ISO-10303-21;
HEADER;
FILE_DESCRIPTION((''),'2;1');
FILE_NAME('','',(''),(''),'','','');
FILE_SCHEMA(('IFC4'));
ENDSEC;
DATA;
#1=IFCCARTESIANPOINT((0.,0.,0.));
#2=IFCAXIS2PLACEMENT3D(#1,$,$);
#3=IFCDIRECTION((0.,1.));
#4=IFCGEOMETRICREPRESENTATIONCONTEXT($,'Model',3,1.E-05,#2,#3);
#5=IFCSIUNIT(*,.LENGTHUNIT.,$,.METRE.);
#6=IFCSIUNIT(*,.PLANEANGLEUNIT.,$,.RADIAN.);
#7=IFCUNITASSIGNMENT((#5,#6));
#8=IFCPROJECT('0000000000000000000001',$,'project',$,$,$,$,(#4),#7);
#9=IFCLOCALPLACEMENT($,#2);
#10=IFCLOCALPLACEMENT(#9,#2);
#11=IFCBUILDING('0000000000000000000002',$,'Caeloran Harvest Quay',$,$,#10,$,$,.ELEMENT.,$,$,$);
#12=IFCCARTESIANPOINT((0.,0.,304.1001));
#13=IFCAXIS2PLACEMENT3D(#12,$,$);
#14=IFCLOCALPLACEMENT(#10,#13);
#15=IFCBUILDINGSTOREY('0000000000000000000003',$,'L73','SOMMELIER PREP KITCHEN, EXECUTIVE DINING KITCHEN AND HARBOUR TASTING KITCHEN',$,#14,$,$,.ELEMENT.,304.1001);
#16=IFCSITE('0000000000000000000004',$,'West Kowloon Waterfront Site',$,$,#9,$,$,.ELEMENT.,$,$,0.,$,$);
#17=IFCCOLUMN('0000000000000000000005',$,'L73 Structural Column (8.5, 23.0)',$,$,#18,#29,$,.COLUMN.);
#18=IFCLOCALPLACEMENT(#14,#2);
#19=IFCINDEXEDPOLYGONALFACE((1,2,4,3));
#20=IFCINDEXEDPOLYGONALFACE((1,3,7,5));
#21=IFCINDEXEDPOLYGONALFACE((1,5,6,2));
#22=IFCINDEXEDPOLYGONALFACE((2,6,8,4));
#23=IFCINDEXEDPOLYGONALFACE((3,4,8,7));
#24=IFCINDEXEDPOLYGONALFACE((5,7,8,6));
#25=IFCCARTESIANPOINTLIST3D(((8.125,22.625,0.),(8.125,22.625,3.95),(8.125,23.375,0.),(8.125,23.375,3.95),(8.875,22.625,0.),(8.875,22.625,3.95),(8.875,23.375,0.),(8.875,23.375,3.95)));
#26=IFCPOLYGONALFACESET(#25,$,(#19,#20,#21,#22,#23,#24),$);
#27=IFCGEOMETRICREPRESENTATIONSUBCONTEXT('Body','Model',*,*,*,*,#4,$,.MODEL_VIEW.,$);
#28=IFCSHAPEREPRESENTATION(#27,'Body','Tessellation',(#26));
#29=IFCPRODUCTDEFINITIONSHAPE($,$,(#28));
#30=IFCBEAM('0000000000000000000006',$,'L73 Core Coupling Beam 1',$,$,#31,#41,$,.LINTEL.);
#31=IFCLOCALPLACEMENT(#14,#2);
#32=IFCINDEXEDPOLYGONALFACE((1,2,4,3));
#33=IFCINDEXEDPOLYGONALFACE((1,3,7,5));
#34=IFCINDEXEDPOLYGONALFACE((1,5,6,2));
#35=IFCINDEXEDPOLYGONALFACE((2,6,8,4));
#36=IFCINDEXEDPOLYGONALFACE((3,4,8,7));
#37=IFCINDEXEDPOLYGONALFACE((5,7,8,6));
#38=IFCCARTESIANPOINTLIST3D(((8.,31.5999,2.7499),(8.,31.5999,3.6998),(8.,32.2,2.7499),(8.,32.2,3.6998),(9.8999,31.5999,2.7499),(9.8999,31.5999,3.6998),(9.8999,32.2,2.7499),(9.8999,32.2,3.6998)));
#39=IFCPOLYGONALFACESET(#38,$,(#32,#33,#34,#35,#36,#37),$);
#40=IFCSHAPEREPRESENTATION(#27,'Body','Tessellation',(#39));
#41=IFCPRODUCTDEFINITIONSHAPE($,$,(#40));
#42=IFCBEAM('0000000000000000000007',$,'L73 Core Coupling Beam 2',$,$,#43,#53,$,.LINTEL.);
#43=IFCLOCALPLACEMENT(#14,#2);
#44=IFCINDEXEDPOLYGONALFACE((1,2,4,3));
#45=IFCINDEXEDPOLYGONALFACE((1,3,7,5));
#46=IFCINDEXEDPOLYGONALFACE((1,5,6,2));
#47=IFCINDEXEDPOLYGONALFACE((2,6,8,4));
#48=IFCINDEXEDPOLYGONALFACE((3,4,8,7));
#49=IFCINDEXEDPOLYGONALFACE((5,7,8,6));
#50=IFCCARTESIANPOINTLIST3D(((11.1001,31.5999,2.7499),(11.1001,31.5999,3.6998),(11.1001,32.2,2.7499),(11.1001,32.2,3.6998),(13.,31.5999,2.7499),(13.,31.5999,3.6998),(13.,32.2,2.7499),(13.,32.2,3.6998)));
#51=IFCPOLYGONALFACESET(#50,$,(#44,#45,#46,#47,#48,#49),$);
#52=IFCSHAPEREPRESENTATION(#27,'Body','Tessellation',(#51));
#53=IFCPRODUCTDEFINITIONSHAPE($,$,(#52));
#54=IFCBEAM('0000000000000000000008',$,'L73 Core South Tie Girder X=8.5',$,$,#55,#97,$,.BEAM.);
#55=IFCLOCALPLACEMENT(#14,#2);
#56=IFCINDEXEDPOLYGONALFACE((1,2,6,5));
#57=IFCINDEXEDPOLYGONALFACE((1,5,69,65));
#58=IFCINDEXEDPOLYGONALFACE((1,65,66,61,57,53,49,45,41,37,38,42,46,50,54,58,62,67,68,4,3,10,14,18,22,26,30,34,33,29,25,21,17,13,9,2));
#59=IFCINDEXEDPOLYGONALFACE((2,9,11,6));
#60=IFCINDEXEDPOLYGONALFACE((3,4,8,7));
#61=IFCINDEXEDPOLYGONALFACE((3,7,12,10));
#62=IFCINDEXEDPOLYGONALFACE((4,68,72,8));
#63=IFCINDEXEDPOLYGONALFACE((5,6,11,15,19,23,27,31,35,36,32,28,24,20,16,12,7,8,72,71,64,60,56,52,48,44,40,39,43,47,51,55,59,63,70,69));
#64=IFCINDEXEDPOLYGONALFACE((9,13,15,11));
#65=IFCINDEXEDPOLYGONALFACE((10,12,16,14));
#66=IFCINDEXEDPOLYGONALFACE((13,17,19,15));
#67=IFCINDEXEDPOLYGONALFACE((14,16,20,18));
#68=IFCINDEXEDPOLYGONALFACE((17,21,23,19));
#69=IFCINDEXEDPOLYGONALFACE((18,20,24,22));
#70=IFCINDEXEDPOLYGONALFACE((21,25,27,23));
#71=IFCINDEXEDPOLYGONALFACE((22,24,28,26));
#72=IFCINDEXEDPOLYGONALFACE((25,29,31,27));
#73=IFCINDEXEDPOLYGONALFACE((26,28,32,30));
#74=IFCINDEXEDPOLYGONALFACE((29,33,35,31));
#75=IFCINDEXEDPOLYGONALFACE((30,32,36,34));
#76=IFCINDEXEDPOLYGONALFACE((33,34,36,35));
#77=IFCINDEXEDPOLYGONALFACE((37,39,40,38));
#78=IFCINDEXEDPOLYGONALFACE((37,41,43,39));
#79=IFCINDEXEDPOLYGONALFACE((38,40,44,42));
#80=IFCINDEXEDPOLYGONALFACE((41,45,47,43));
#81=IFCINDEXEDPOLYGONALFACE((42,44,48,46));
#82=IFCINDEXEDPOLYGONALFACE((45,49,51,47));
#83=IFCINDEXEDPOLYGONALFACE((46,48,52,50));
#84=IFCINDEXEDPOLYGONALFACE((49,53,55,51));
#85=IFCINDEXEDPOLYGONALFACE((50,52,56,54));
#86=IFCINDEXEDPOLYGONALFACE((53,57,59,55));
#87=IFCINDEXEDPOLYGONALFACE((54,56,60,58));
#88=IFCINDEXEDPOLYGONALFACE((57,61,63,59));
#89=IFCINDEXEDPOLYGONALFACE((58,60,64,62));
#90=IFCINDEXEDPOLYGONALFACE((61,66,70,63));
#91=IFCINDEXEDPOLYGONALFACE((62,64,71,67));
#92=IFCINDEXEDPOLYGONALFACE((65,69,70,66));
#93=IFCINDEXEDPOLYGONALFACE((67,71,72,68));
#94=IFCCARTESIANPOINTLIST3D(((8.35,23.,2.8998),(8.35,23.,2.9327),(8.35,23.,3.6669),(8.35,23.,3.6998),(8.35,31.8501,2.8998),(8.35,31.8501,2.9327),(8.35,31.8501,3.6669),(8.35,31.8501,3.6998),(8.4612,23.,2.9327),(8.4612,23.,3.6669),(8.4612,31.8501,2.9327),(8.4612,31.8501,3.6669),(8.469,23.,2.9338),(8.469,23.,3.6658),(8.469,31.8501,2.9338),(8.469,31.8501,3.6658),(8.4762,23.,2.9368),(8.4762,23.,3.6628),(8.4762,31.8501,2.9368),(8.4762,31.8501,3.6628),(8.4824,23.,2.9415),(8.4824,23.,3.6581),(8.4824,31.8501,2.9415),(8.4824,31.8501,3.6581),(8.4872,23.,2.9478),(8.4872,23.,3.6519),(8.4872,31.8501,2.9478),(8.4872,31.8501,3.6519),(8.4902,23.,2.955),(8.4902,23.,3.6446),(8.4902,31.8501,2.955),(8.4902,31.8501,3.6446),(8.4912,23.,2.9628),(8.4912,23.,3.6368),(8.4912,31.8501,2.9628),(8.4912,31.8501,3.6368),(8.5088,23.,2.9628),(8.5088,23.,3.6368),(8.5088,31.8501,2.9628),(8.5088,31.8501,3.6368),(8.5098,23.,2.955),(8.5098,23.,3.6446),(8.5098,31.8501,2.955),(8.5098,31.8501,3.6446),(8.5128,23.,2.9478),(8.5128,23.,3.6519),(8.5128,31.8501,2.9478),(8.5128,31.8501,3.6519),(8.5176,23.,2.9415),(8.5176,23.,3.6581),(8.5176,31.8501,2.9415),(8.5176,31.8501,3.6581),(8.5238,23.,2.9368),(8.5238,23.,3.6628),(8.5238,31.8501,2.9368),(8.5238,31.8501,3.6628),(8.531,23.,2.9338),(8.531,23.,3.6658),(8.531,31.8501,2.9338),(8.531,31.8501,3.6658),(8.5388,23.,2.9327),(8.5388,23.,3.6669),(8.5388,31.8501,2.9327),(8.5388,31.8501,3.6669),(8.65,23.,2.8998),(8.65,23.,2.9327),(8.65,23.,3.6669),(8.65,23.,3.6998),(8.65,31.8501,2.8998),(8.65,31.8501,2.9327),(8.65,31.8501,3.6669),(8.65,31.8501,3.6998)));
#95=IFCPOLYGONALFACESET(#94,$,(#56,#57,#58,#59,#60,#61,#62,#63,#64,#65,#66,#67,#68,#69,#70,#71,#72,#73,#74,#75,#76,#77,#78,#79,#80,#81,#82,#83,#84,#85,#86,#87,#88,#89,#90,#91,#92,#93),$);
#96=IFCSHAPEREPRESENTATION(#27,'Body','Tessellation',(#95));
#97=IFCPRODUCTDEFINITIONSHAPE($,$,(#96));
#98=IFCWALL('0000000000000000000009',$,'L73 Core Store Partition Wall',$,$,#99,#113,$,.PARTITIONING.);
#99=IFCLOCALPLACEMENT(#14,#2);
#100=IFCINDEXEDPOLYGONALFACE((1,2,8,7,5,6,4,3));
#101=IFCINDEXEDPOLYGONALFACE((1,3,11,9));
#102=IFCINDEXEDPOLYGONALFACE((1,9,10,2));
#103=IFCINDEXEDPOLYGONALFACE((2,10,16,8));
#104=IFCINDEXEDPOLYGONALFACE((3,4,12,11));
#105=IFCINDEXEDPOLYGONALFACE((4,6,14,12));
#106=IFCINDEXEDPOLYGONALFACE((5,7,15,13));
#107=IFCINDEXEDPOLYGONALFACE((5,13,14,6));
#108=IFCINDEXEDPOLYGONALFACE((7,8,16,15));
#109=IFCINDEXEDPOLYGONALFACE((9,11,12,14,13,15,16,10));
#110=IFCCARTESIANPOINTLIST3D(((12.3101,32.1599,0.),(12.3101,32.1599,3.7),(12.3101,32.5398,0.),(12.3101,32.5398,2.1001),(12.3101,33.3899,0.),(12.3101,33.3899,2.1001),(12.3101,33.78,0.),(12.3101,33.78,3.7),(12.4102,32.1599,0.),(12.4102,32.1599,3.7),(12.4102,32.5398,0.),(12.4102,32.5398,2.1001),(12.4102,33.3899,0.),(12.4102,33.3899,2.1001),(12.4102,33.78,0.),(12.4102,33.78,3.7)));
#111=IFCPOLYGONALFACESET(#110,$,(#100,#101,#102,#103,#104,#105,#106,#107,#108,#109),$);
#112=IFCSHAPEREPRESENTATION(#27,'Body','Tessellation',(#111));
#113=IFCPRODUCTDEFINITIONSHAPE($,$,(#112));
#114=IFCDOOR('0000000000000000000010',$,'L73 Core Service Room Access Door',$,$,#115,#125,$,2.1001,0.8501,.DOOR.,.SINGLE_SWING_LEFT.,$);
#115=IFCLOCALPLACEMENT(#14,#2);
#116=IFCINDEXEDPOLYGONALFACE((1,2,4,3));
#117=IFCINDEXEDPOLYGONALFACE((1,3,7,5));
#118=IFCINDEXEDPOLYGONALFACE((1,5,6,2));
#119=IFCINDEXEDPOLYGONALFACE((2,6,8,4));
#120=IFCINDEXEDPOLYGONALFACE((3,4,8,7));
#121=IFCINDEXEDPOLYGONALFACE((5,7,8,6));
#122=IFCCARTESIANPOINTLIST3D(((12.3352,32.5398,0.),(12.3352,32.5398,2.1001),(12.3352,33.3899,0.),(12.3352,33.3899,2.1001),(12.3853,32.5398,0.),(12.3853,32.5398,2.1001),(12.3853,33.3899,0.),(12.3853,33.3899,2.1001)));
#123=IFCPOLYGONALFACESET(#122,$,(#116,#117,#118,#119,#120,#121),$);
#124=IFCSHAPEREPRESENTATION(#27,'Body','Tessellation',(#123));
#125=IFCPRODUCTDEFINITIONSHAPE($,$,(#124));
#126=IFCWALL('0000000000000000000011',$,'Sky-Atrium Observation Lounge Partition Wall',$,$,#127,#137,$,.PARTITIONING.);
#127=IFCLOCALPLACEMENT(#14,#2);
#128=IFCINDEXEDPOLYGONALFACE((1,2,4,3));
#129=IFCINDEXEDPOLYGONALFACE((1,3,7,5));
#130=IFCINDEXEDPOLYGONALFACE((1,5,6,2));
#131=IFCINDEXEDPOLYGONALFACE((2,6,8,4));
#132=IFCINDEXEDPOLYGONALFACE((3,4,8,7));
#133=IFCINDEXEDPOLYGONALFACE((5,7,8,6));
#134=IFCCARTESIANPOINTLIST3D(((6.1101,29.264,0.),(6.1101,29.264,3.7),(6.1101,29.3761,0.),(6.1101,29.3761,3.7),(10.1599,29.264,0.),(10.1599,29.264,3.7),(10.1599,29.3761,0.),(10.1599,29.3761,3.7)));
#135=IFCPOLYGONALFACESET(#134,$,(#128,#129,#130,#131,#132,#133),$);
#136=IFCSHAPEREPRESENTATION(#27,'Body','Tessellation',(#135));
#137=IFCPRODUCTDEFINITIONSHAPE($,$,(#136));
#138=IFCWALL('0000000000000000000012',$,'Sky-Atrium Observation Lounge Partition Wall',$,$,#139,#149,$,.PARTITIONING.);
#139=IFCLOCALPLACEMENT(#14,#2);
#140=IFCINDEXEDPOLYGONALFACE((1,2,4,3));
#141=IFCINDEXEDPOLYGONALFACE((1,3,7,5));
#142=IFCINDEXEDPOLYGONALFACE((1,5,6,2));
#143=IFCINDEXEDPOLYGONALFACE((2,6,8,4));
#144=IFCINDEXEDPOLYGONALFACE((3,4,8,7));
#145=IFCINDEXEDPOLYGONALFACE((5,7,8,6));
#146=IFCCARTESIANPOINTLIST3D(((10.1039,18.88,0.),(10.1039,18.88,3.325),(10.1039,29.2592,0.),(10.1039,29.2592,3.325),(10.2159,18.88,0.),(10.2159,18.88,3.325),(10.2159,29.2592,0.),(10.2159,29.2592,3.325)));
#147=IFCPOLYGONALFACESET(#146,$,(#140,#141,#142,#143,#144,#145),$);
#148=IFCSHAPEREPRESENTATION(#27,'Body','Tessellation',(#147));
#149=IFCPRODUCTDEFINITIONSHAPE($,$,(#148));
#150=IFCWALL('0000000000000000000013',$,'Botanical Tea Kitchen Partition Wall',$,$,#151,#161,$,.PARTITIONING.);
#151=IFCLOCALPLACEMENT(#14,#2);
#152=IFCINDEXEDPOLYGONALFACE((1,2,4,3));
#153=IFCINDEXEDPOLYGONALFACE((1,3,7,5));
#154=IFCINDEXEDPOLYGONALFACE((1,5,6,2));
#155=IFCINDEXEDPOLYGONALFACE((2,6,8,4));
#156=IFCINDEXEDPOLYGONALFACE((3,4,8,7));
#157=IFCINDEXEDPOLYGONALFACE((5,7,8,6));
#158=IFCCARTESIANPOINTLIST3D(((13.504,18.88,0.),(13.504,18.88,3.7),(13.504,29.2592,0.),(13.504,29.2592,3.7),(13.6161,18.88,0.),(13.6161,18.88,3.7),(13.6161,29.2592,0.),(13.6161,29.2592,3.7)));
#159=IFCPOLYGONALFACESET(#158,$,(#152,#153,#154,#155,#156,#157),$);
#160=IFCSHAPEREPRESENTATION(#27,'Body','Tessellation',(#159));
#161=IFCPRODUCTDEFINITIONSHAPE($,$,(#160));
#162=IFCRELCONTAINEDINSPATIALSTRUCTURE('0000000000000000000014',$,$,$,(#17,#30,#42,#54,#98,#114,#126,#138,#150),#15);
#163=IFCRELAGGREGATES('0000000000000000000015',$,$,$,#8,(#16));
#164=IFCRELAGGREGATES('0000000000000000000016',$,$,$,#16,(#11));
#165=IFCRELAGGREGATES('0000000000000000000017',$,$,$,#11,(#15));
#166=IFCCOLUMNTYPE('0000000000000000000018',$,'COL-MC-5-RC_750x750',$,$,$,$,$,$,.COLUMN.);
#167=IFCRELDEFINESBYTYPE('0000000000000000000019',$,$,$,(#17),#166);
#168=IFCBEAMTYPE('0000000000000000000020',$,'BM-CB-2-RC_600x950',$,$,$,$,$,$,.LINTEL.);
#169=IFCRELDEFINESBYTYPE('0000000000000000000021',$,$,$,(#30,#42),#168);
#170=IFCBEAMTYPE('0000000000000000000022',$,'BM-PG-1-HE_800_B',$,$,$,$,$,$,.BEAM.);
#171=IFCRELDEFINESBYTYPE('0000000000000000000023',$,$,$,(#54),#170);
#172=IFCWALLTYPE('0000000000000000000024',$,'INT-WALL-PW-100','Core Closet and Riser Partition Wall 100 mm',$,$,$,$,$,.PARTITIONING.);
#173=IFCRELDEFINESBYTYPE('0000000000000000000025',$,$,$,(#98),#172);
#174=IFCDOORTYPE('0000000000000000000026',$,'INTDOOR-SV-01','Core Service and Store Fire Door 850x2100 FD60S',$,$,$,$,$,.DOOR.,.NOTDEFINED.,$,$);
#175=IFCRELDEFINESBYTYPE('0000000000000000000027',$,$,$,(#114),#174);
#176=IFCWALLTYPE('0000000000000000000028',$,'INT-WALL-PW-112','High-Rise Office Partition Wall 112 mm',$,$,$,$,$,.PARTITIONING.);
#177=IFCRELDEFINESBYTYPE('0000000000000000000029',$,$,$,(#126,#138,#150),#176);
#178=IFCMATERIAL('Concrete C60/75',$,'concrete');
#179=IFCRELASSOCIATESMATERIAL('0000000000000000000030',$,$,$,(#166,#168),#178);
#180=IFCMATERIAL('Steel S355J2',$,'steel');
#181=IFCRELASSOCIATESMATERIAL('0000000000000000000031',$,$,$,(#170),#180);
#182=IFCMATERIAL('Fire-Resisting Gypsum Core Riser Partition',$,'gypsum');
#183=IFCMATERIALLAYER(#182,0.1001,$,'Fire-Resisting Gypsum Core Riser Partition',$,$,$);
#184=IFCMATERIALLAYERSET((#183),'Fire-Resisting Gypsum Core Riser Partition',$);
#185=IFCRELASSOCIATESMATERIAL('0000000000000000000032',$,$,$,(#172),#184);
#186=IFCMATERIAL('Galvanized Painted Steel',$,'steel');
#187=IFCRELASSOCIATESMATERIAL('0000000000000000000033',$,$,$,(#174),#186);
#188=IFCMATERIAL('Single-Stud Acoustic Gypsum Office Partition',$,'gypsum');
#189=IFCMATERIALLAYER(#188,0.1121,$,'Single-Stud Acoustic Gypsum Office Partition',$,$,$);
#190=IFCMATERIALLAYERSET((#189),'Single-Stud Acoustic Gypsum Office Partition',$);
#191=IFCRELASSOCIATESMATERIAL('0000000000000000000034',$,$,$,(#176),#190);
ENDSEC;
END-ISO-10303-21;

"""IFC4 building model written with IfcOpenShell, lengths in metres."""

from ifc_helpers import new_model, si_unit, direction, frame, frame_2d, origin, origin_2d, place, context, subcontext, project, spatial, rectangle, i_section, extrude, material, layer, layer_set, material_profile, profile_set, type_object, element, fill, save


model = new_model("IFC4")

# Units and contexts
model_context = context("Model", 3, precision=1e-05, world=origin(), true_north=direction((0.0, 1.0)))
body_context = subcontext(model_context, "Body", "Model", "MODEL_VIEW")
ifc_project = project(units=[si_unit("LENGTHUNIT", "METRE"), si_unit("PLANEANGLEUNIT", "RADIAN")], contexts=[model_context])

# Site, building, storey
site_placement = place(None, origin())
site = spatial("IfcSite", under=ifc_project, at=site_placement, Name="West Kowloon Waterfront Site", CompositionType="ELEMENT", RefElevation=0.0)
building_placement = place(site_placement, origin())
building = spatial("IfcBuilding", under=site, at=building_placement, Name="Caeloran Harvest Quay", CompositionType="ELEMENT")
storey_placement = place(building_placement, frame((0.0, 0.0, 304.1001)))
storey = spatial("IfcBuildingStorey", under=building, at=storey_placement, Name="L73", Description="SOMMELIER PREP KITCHEN, EXECUTIVE DINING KITCHEN AND HARBOUR TASTING KITCHEN", CompositionType="ELEMENT", Elevation=304.1001)

# Column
ifc_material_1 = material(Name="Concrete C60/75", Category="concrete")
ifc_material_profile_1 = material_profile(ifc_material_1, rectangle(XDim=0.75, YDim=0.75, at=origin_2d()), Name="RC 750x750")
ifc_profile_set_1 = profile_set([ifc_material_profile_1], Name="Concrete C60/75")
column_type = type_object("IfcColumnType", Name="COL-MC-5-RC_750x750", PredefinedType="COLUMN", material=ifc_profile_set_1)
column_placement = place(storey_placement, frame((8.5, 23.0, 0.0), z_axis=(0.0, 0.0, 1.0), x_axis=(1.0, 0.0, 0.0)))
element("IfcColumn", 1, at=column_placement, inside=storey, type_object=column_type, Name="L73 Structural Column (8.5, 23.0)", PredefinedType="COLUMN", context=body_context, shape_type="SweptSolid", body=[
    extrude(rectangle(XDim=0.75, YDim=0.75, at=origin_2d()), origin(), (0.0, 0.0, 1.0), 3.95),
])

# Beams
ifc_material_profile_2 = material_profile(ifc_material_1, rectangle(XDim=0.6001, YDim=0.95, at=origin_2d()), Name="RC 600x950")
ifc_profile_set_2 = profile_set([ifc_material_profile_2], Name="Concrete C60/75")
beam_type_1 = type_object("IfcBeamType", Name="BM-CB-2-RC_600x950", PredefinedType="LINTEL", material=ifc_profile_set_2)
for number, where, z_axis, x_axis, name in (
    (2, (8.0, 31.8999, 3.2249), (1.0, 0.0, 0.0), (0.0, 1.0, 0.0), "L73 Core Coupling Beam 1"),
    (3, (11.1001, 31.8999, 3.2249), (1.0, 0.0, 0.0), (0.0, 1.0, 0.0), "L73 Core Coupling Beam 2"),
):
    element("IfcBeam", number, at=place(storey_placement, frame(where, z_axis=z_axis, x_axis=x_axis)), inside=storey, type_object=beam_type_1, Name=name, PredefinedType="LINTEL", context=body_context, shape_type="SweptSolid", body=[
        extrude(rectangle(XDim=0.6001, YDim=0.95, at=origin_2d()), origin(), (0.0, 0.0, 1.0), 1.8999),
    ])
ifc_material_2 = material(Name="Steel S355J2", Category="steel")
ifc_material_profile_3 = material_profile(ifc_material_2, i_section(OverallWidth=0.3, OverallDepth=0.8, WebThickness=0.0176, FlangeThickness=0.033, FilletRadius=0.03, at=origin_2d()), Name="HE 800 B")
ifc_profile_set_3 = profile_set([ifc_material_profile_3], Name="Steel S355J2")
beam_type_2 = type_object("IfcBeamType", Name="BM-PG-1-HE_800_B", PredefinedType="BEAM", material=ifc_profile_set_3)
beam_placement = place(storey_placement, frame((8.5, 23.0, 3.2998), z_axis=(0.0, 1.0, 0.0), x_axis=(-1.0, 0.0, 0.0)))
element("IfcBeam", 4, at=beam_placement, inside=storey, type_object=beam_type_2, Name="L73 Core South Tie Girder X=8.5", PredefinedType="BEAM", context=body_context, shape_type="SweptSolid", body=[
    extrude(i_section(OverallWidth=0.3, OverallDepth=0.8, WebThickness=0.0176, FlangeThickness=0.033, FilletRadius=0.03, at=origin_2d()), origin(), (0.0, 0.0, 1.0), 8.8501),
])

# Wall, opening, door
ifc_material_3 = material(Name="Fire-Resisting Gypsum Core Riser Partition", Category="gypsum")
ifc_layer_1 = layer(ifc_material_3, 0.1001, Name="Fire-Resisting Gypsum Core Riser Partition")
ifc_layer_set_1 = layer_set([ifc_layer_1], Name="Fire-Resisting Gypsum Core Riser Partition")
wall_type_1 = type_object("IfcWallType", Name="INT-WALL-PW-100", Description="Core Closet and Riser Partition Wall 100 mm", PredefinedType="PARTITIONING", material=ifc_layer_set_1)
wall_1_placement = place(storey_placement, frame((12.3601, 32.1599, 0.0), z_axis=(0.0, 0.0, 1.0), x_axis=(0.0, 1.0, 0.0)))
wall_1 = element("IfcWall", 5, at=wall_1_placement, inside=storey, type_object=wall_type_1, Name="L73 Core Store Partition Wall", PredefinedType="PARTITIONING", context=body_context, shape_type="SweptSolid", body=[
    extrude(rectangle(XDim=1.6201, YDim=0.1001, at=frame_2d((0.8101, 0.0))), origin(), (0.0, 0.0, 1.0), 3.7),
])
opening_1_placement = place(wall_1_placement, frame((0.3799, 0.0, 0.0)))
opening_1 = element("IfcOpeningElement", 6, at=opening_1_placement, cuts=wall_1, PredefinedType="OPENING", context=body_context, shape_type="SweptSolid", body=[
    extrude(rectangle(XDim=0.8501, YDim=2.1001, at=frame_2d((0.425, 1.05))), frame((0.0, 0.0601, 0.0), z_axis=(0.0, -1.0, 0.0), x_axis=(1.0, 0.0, 0.0)), (0.0, 0.0, 1.0), 0.1201),
])
ifc_material_4 = material(Name="Galvanized Painted Steel", Category="steel")
door_type_1 = type_object("IfcDoorType", Name="INTDOOR-SV-01", Description="Core Service and Store Fire Door 850x2100 FD60S", OperationType="NOTDEFINED", PredefinedType="DOOR", material=ifc_material_4)
door_1_placement = place(opening_1_placement, origin())
door_1 = element("IfcDoor", 7, at=door_1_placement, inside=storey, type_object=door_type_1, Name="L73 Core Service Room Access Door", OperationType="SINGLE_SWING_LEFT", OverallHeight=2.1001, OverallWidth=0.8501, PredefinedType="DOOR", context=body_context, shape_type="SweptSolid", body=[
    extrude(rectangle(XDim=0.8501, YDim=2.1001, at=frame_2d((0.425, 1.05))), frame((0.0, 0.0249, 0.0), z_axis=(0.0, -1.0, 0.0), x_axis=(1.0, 0.0, 0.0)), (0.0, 0.0, 1.0), 0.05),
])
fill(opening_1, door_1)

# Walls
ifc_material_5 = material(Name="Single-Stud Acoustic Gypsum Office Partition", Category="gypsum")
ifc_layer_2 = layer(ifc_material_5, 0.1121, Name="Single-Stud Acoustic Gypsum Office Partition")
ifc_layer_set_2 = layer_set([ifc_layer_2], Name="Single-Stud Acoustic Gypsum Office Partition")
wall_type_2 = type_object("IfcWallType", Name="INT-WALL-PW-112", Description="High-Rise Office Partition Wall 112 mm", PredefinedType="PARTITIONING", material=ifc_layer_set_2)
wall_2_placement = place(storey_placement, frame((6.1101, 29.3201, 0.0), z_axis=(0.0, 0.0, 1.0), x_axis=(1.0, 0.0, 0.0)))
element("IfcWall", 8, at=wall_2_placement, inside=storey, type_object=wall_type_2, Name="Sky-Atrium Observation Lounge Partition Wall", PredefinedType="PARTITIONING", context=body_context, shape_type="SweptSolid", body=[
    extrude(rectangle(XDim=4.0498, YDim=0.1121, at=frame_2d((2.0249, 0.0))), origin(), (0.0, 0.0, 1.0), 3.7),
])
wall_3_placement = place(storey_placement, frame((10.1599, 29.259, 0.0), z_axis=(0.0, 0.0, 1.0), x_axis=(0.0, -1.0, 0.0)))
element("IfcWall", 9, at=wall_3_placement, inside=storey, type_object=wall_type_2, Name="Sky-Atrium Observation Lounge Partition Wall", PredefinedType="PARTITIONING", context=body_context, shape_type="SweptSolid", body=[
    extrude(rectangle(XDim=10.3792, YDim=0.1121, at=frame_2d((5.1895, 0.0))), origin(), (0.0, 0.0, 1.0), 3.325),
])

# Wall
wall_4_placement = place(storey_placement, frame((13.5601, 29.259, 0.0), z_axis=(0.0, 0.0, 1.0), x_axis=(0.0, -1.0, 0.0)))
element("IfcWall", 10, at=wall_4_placement, inside=storey, type_object=wall_type_2, Name="Botanical Tea Kitchen Partition Wall", PredefinedType="PARTITIONING", context=body_context, shape_type="SweptSolid", body=[
    extrude(rectangle(XDim=10.3792, YDim=0.1121, at=frame_2d((5.1895, 0.0))), origin(), (0.0, 0.0, 1.0), 3.7),
])

save(model, "model.ifc")
